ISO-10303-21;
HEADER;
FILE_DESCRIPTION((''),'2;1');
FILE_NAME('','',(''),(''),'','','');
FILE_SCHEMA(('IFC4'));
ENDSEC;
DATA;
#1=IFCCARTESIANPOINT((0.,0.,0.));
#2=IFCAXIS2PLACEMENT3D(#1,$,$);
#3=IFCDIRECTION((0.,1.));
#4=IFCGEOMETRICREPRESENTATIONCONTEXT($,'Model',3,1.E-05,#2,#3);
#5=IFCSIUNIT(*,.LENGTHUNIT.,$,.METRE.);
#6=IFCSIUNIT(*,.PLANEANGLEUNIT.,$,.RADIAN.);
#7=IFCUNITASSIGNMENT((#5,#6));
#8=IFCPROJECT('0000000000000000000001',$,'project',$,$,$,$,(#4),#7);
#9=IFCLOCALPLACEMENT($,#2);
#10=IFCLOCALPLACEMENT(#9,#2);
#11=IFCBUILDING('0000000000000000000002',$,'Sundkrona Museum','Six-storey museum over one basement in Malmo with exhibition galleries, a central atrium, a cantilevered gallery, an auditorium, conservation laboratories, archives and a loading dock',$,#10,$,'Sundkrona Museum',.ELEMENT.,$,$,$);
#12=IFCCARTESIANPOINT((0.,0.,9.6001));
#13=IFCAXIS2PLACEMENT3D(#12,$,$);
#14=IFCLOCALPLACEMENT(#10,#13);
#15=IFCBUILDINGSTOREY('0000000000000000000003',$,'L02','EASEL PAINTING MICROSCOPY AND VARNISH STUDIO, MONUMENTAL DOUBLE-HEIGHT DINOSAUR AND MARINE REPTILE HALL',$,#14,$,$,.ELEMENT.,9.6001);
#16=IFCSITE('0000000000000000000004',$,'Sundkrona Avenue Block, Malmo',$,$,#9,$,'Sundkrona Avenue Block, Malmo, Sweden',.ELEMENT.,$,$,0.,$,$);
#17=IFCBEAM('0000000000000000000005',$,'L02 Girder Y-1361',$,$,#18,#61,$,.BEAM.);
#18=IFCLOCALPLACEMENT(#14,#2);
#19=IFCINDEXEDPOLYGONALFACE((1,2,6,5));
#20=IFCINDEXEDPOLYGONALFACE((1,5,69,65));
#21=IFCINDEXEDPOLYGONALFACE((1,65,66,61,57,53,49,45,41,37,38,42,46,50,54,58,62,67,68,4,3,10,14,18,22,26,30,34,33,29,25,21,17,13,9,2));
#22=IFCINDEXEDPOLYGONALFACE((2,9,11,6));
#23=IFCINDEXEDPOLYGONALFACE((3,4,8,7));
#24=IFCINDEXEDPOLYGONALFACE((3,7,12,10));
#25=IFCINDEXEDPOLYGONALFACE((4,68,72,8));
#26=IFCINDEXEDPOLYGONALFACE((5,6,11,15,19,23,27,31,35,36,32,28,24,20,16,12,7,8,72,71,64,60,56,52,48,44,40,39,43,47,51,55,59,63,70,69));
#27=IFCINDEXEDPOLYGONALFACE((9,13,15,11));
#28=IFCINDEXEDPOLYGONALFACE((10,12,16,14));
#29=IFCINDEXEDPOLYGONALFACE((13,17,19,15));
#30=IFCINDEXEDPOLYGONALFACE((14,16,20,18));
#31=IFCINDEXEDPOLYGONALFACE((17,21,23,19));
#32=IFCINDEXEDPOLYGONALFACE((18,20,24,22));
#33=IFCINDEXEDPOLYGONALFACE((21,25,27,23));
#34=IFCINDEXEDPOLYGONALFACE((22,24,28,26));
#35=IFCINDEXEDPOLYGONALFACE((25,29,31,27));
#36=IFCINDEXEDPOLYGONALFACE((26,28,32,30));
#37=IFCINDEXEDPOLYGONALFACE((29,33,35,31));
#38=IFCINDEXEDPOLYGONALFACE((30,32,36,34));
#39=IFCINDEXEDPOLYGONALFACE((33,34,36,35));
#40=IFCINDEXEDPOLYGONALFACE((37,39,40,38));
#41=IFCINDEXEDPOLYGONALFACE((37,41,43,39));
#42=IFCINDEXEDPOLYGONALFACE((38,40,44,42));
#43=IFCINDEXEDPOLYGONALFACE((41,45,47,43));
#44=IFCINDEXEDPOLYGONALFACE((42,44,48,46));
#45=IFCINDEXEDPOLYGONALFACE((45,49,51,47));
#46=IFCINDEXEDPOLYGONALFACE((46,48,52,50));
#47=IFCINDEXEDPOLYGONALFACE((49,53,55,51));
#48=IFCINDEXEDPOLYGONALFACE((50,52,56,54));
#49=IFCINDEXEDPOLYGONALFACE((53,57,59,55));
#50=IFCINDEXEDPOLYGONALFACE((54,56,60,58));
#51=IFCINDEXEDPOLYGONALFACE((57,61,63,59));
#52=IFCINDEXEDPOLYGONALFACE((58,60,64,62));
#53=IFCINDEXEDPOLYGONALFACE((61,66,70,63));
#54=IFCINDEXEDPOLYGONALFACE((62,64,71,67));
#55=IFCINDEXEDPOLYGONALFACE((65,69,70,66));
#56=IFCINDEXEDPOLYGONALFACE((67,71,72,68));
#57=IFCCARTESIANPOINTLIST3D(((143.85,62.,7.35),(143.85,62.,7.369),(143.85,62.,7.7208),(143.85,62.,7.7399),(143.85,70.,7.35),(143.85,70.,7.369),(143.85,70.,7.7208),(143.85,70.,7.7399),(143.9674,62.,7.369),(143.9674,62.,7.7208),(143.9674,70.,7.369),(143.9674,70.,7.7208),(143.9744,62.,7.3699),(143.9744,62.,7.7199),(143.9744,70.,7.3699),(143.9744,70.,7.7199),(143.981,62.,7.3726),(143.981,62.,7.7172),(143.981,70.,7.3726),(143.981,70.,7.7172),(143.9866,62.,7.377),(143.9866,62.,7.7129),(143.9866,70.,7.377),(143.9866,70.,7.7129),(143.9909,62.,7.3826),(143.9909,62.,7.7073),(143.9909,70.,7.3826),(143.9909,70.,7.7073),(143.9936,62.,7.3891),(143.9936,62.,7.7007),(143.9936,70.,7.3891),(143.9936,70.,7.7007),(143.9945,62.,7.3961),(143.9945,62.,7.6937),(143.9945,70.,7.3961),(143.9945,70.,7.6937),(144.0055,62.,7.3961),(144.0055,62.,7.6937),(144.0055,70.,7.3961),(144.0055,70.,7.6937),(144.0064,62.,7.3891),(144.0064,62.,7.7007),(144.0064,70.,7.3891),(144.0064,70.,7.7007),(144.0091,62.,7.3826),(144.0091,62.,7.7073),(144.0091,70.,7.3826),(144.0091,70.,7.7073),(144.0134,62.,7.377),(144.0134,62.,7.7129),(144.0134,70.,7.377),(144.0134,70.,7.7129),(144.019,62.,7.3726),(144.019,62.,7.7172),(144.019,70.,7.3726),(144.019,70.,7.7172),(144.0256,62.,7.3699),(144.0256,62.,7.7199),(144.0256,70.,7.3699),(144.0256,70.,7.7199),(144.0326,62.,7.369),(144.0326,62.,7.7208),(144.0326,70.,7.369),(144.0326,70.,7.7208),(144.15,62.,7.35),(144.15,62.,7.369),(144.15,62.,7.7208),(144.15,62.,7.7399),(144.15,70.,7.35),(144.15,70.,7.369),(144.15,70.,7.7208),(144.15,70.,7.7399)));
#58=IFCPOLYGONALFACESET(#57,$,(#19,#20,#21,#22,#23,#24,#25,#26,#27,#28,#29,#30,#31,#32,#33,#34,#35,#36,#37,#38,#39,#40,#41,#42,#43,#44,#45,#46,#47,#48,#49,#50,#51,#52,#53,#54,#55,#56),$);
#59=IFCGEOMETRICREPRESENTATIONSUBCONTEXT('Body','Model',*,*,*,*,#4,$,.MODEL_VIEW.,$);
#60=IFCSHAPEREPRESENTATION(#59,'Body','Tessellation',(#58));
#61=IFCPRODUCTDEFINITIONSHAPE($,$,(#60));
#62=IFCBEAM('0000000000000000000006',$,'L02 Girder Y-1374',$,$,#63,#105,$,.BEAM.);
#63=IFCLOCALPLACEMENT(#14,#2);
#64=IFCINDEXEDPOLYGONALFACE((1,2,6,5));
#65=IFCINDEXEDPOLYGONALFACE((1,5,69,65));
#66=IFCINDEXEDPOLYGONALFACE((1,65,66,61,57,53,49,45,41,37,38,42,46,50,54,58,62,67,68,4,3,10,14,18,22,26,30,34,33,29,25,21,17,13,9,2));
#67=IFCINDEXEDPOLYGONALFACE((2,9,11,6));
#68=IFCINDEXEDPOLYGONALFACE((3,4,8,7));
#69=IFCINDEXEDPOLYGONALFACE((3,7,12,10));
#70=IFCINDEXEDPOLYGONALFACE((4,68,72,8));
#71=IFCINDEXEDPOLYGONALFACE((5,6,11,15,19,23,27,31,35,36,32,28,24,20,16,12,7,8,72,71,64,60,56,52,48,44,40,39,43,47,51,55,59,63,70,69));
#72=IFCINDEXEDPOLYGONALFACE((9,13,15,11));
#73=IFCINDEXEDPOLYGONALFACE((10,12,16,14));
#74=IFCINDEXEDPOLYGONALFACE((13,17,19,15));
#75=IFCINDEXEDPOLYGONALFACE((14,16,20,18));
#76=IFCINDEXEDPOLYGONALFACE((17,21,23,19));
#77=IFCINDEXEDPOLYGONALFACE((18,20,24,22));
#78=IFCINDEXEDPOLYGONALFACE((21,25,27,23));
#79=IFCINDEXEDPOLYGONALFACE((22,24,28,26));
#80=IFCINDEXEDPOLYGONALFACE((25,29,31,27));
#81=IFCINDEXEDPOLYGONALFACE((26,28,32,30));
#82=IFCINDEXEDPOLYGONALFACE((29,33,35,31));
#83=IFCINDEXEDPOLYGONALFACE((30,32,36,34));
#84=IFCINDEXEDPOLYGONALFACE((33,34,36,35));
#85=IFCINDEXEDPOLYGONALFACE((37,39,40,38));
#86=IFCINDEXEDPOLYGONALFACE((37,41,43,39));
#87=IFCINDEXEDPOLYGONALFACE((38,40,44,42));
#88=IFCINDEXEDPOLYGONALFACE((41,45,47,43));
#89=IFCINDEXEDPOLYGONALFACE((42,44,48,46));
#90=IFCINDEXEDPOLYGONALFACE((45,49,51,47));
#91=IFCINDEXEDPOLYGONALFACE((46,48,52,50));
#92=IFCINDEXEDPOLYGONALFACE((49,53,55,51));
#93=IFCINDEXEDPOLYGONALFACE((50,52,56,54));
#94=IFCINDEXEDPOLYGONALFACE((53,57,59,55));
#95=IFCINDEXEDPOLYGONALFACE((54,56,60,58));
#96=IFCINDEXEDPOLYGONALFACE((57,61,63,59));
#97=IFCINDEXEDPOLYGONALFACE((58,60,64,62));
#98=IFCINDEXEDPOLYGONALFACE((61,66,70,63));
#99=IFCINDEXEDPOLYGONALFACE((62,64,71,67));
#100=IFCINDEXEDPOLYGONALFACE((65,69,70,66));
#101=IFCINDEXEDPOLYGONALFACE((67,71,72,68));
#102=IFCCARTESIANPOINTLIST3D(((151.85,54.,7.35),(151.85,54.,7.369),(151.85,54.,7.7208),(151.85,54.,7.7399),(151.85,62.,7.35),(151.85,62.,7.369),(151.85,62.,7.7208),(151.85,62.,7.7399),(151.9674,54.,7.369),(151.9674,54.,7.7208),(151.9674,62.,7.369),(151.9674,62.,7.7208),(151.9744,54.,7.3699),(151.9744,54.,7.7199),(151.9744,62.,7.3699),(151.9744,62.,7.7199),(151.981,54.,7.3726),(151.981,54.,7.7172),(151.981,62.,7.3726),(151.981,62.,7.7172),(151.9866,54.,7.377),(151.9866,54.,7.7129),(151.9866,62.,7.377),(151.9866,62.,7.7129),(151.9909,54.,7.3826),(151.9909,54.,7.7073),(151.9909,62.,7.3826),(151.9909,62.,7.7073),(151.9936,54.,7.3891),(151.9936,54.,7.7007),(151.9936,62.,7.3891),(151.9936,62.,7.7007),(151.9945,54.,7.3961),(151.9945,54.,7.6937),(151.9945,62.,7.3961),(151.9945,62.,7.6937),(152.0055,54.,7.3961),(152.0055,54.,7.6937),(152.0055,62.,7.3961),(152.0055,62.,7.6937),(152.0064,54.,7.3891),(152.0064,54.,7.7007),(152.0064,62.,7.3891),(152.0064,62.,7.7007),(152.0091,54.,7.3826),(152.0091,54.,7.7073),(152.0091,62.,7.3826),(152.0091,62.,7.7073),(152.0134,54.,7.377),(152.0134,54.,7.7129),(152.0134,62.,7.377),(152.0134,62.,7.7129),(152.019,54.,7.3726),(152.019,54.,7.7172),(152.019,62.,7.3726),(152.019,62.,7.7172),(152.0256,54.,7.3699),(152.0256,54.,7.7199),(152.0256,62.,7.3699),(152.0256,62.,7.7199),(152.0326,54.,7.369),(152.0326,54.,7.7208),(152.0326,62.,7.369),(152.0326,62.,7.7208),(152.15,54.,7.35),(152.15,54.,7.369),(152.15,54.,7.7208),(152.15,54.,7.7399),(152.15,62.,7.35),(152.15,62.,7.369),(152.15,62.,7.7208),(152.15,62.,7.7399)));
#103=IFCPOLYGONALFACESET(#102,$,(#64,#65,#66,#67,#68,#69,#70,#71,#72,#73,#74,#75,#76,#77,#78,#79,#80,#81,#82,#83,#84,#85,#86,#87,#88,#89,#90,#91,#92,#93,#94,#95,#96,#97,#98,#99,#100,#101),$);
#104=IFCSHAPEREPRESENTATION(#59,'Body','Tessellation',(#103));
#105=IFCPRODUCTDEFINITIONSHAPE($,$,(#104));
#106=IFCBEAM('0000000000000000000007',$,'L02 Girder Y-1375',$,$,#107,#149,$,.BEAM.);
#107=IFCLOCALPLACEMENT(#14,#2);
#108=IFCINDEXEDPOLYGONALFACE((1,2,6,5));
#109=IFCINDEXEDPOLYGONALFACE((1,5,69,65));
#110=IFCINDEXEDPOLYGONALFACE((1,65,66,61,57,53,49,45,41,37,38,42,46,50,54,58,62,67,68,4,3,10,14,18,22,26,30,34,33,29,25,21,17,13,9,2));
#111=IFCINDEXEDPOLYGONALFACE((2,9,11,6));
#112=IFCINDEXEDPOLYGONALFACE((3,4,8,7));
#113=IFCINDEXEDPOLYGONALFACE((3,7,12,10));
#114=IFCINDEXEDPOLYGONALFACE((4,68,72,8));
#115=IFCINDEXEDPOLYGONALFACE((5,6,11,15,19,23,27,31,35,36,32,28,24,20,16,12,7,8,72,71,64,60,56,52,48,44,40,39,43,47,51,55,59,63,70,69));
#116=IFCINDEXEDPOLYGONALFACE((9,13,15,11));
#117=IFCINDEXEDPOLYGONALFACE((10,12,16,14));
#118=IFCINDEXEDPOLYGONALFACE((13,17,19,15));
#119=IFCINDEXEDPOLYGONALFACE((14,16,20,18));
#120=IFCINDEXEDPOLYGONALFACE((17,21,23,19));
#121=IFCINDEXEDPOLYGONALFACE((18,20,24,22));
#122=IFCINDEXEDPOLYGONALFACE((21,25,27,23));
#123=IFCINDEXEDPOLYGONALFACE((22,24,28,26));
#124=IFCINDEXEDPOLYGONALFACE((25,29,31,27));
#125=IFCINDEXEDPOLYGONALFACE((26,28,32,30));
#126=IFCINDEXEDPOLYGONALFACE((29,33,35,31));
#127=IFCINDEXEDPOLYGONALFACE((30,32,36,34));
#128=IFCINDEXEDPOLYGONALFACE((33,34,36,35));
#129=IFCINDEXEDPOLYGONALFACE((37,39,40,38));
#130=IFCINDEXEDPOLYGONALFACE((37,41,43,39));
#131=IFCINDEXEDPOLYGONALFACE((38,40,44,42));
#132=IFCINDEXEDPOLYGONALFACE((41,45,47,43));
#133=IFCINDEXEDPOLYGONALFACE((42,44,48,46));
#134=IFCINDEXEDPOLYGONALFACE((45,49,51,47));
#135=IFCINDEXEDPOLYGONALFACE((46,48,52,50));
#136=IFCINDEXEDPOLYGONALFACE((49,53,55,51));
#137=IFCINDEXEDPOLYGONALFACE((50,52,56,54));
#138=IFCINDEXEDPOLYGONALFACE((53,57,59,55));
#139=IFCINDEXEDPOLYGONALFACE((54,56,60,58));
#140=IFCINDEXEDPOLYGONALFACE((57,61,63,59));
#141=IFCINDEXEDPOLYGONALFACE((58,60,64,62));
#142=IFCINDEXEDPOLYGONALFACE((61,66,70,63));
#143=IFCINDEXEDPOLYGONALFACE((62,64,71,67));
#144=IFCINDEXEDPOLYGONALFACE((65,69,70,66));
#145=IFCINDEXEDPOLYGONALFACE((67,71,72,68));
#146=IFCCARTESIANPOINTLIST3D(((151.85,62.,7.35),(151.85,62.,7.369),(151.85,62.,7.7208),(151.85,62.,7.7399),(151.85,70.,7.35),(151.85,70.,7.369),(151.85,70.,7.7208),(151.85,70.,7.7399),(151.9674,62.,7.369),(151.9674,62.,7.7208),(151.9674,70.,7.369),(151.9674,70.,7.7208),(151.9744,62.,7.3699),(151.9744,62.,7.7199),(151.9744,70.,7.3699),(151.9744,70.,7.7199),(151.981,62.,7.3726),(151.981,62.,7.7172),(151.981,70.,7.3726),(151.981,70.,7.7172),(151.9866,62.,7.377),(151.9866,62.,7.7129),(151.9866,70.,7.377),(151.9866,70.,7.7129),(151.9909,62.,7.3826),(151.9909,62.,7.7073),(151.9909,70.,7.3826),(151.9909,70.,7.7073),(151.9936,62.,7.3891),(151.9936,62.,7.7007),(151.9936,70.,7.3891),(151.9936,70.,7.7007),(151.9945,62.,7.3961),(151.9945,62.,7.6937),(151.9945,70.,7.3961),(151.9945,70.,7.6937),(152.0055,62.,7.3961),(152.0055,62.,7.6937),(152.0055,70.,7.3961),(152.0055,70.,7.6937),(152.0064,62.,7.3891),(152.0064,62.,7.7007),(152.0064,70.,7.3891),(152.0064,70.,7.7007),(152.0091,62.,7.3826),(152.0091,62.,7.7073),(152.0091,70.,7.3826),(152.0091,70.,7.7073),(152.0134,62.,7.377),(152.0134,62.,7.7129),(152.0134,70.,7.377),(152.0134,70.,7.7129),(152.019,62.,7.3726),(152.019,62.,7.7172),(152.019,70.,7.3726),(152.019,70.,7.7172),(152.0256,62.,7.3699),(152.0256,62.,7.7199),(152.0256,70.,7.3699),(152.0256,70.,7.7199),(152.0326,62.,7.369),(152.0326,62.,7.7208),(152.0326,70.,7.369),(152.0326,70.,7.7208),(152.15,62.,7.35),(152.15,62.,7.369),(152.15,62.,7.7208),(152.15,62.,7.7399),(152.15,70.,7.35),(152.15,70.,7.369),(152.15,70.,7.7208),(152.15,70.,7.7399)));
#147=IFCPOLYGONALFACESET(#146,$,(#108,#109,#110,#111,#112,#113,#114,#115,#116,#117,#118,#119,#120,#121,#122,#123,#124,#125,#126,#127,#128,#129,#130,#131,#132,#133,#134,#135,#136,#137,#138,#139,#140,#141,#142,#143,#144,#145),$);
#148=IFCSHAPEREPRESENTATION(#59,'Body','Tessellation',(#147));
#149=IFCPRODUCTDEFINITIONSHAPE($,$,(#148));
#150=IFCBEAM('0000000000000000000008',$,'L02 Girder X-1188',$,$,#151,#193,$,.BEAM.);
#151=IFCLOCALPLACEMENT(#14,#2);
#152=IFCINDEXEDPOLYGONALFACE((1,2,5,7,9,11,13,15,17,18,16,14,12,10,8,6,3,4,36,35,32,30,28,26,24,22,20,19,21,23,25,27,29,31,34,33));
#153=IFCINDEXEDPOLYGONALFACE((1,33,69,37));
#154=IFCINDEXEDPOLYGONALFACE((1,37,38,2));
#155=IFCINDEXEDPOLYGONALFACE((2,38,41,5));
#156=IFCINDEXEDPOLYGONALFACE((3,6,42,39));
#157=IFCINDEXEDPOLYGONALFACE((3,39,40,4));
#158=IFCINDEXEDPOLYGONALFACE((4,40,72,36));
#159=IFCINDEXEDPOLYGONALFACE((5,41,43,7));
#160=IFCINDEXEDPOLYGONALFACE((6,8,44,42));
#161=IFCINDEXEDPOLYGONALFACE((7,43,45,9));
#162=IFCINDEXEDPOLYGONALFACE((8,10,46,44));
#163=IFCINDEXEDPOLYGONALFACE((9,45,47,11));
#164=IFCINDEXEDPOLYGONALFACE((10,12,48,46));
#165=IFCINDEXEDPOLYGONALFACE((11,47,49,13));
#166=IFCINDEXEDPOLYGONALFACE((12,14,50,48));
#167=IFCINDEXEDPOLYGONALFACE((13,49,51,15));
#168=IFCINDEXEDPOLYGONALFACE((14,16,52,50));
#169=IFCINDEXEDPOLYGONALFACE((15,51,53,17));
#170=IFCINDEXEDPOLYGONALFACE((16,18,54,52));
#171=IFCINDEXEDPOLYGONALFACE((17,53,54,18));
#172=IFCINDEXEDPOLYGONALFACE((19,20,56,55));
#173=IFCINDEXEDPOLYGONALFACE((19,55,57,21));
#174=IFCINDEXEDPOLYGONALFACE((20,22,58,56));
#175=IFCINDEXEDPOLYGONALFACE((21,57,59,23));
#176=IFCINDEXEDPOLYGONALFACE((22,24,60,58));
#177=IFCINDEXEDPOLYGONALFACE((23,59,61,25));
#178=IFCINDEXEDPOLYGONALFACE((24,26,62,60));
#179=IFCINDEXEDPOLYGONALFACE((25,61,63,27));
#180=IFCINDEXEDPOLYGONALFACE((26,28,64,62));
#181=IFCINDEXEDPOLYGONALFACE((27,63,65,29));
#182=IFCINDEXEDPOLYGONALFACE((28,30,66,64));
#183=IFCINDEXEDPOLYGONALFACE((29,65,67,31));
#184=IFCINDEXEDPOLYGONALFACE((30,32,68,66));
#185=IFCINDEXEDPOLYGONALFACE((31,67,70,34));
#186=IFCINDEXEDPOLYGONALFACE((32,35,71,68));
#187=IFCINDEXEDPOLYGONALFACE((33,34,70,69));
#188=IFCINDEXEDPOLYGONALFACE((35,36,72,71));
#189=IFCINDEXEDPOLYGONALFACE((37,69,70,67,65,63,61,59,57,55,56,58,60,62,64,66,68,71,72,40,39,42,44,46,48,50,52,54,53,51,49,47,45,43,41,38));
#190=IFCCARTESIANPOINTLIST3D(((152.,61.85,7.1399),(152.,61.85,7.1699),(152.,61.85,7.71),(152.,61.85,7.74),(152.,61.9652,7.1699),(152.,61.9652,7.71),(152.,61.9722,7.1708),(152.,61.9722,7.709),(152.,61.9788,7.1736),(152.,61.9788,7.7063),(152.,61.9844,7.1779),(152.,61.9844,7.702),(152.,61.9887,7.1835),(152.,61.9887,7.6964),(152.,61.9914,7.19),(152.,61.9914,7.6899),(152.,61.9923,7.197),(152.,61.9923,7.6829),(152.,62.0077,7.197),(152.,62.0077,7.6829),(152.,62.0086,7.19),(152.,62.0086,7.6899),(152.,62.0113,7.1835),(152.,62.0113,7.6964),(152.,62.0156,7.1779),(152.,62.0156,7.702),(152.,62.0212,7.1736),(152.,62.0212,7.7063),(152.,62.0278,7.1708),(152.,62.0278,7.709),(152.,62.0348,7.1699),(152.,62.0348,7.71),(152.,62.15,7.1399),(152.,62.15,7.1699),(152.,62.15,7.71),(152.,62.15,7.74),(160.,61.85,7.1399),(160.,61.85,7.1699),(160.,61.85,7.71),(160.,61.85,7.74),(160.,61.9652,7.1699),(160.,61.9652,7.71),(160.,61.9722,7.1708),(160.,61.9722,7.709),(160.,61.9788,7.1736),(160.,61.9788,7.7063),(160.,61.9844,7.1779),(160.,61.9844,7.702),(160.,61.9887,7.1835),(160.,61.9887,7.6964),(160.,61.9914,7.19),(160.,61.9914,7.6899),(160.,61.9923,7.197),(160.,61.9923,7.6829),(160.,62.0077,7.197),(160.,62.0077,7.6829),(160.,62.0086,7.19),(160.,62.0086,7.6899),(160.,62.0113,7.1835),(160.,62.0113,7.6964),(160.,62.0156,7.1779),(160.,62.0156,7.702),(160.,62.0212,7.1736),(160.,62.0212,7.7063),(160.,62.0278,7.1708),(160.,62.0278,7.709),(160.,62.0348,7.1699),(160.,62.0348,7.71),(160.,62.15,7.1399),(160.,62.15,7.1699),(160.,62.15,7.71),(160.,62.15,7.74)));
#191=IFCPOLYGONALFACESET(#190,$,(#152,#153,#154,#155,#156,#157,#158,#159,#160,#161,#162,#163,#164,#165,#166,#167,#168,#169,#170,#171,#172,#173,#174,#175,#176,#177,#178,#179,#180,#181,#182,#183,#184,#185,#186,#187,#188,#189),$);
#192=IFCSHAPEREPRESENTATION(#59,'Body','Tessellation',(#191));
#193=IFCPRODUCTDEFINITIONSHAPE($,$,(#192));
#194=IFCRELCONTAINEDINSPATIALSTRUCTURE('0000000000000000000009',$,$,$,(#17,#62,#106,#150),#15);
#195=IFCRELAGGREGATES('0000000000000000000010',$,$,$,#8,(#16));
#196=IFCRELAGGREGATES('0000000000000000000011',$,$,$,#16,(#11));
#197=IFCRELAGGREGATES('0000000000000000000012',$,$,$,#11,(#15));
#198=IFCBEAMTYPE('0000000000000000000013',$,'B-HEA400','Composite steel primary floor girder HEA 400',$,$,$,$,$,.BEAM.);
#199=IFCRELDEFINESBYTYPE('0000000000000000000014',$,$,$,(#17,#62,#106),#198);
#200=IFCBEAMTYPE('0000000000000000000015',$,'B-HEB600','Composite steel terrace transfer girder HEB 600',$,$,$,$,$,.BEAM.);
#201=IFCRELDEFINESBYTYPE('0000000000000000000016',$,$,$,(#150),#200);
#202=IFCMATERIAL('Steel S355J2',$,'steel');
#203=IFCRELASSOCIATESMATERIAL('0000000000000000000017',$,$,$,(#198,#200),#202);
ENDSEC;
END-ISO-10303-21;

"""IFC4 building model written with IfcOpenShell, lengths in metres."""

from ifc_helpers import new_model, si_unit, direction, frame, origin, origin_2d, place, context, subcontext, project, spatial, i_section, extrude, material, material_profile, profile_set, type_object, element, save


model = new_model("IFC4")

# Units and contexts
model_context = context("Model", 3, precision=1e-05, world=origin(), true_north=direction((0.0, 1.0)))
body_context = subcontext(model_context, "Body", "Model", "MODEL_VIEW")
ifc_project = project(units=[si_unit("LENGTHUNIT", "METRE"), si_unit("PLANEANGLEUNIT", "RADIAN")], contexts=[model_context])

# Site, building, storey
site_placement = place(None, origin())
site = spatial("IfcSite", under=ifc_project, at=site_placement, Name="Sundkrona Avenue Block, Malmo", LongName="Sundkrona Avenue Block, Malmo, Sweden", CompositionType="ELEMENT", RefElevation=0.0)
building_placement = place(site_placement, origin())
building = spatial("IfcBuilding", under=site, at=building_placement, Name="Sundkrona Museum", Description="Six-storey museum over one basement in Malmo with exhibition galleries, a central atrium, a cantilevered gallery, an auditorium, conservation laboratories, archives and a loading dock", LongName="Sundkrona Museum", CompositionType="ELEMENT")
storey_placement = place(building_placement, frame((0.0, 0.0, 9.6001)))
storey = spatial("IfcBuildingStorey", under=building, at=storey_placement, Name="L02", Description="EASEL PAINTING MICROSCOPY AND VARNISH STUDIO, MONUMENTAL DOUBLE-HEIGHT DINOSAUR AND MARINE REPTILE HALL", CompositionType="ELEMENT", Elevation=9.6001)

# Shared definitions
ifc_material_1 = material(Name="Steel S355J2", Category="steel")

# Beams
ifc_material_profile_1 = material_profile(ifc_material_1, i_section(OverallWidth=0.3, OverallDepth=0.3899, WebThickness=0.011, FlangeThickness=0.019, FilletRadius=0.0271, at=origin_2d()), Name="HEA 400")
ifc_profile_set_1 = profile_set([ifc_material_profile_1], Name="Steel S355J2")
beam_type_1 = type_object("IfcBeamType", Name="B-HEA400", Description="Composite steel primary floor girder HEA 400", PredefinedType="BEAM", material=ifc_profile_set_1)
for number, where, z_axis, x_axis, name in (
    (1, (144.0, 62.0, 7.5449), (0.0, 1.0, 0.0), (-1.0, 0.0, 0.0), "L02 Girder Y-1361"),
    (2, (152.0, 54.0, 7.5449), (0.0, 1.0, 0.0), (-1.0, 0.0, 0.0), "L02 Girder Y-1374"),
    (3, (152.0, 62.0, 7.5449), (0.0, 1.0, 0.0), (-1.0, 0.0, 0.0), "L02 Girder Y-1375"),
):
    element("IfcBeam", number, at=place(storey_placement, frame(where, z_axis=z_axis, x_axis=x_axis)), inside=storey, type_object=beam_type_1, Name=name, PredefinedType="BEAM", context=body_context, shape_type="SweptSolid", body=[
        extrude(i_section(OverallWidth=0.3, OverallDepth=0.3899, WebThickness=0.011, FlangeThickness=0.019, FilletRadius=0.0271, at=origin_2d()), origin(), (0.0, 0.0, 1.0), 8.0),
    ])
ifc_material_profile_2 = material_profile(ifc_material_1, i_section(OverallWidth=0.3, OverallDepth=0.6001, WebThickness=0.0154, FlangeThickness=0.03, FilletRadius=0.0271, at=origin_2d()), Name="HEB 600")
ifc_profile_set_2 = profile_set([ifc_material_profile_2], Name="Steel S355J2")
beam_type_2 = type_object("IfcBeamType", Name="B-HEB600", Description="Composite steel terrace transfer girder HEB 600", PredefinedType="BEAM", material=ifc_profile_set_2)
beam_1_placement = place(storey_placement, frame((152.0, 62.0, 7.4399), z_axis=(1.0, 0.0, 0.0), x_axis=(0.0, 1.0, 0.0)))
element("IfcBeam", 4, at=beam_1_placement, inside=storey, type_object=beam_type_2, Name="L02 Girder X-1188", PredefinedType="BEAM", context=body_context, shape_type="SweptSolid", body=[
    extrude(i_section(OverallWidth=0.3, OverallDepth=0.6001, WebThickness=0.0154, FlangeThickness=0.03, FilletRadius=0.0271, at=origin_2d()), origin(), (0.0, 0.0, 1.0), 8.0),
])

save(model, "model.ifc")
